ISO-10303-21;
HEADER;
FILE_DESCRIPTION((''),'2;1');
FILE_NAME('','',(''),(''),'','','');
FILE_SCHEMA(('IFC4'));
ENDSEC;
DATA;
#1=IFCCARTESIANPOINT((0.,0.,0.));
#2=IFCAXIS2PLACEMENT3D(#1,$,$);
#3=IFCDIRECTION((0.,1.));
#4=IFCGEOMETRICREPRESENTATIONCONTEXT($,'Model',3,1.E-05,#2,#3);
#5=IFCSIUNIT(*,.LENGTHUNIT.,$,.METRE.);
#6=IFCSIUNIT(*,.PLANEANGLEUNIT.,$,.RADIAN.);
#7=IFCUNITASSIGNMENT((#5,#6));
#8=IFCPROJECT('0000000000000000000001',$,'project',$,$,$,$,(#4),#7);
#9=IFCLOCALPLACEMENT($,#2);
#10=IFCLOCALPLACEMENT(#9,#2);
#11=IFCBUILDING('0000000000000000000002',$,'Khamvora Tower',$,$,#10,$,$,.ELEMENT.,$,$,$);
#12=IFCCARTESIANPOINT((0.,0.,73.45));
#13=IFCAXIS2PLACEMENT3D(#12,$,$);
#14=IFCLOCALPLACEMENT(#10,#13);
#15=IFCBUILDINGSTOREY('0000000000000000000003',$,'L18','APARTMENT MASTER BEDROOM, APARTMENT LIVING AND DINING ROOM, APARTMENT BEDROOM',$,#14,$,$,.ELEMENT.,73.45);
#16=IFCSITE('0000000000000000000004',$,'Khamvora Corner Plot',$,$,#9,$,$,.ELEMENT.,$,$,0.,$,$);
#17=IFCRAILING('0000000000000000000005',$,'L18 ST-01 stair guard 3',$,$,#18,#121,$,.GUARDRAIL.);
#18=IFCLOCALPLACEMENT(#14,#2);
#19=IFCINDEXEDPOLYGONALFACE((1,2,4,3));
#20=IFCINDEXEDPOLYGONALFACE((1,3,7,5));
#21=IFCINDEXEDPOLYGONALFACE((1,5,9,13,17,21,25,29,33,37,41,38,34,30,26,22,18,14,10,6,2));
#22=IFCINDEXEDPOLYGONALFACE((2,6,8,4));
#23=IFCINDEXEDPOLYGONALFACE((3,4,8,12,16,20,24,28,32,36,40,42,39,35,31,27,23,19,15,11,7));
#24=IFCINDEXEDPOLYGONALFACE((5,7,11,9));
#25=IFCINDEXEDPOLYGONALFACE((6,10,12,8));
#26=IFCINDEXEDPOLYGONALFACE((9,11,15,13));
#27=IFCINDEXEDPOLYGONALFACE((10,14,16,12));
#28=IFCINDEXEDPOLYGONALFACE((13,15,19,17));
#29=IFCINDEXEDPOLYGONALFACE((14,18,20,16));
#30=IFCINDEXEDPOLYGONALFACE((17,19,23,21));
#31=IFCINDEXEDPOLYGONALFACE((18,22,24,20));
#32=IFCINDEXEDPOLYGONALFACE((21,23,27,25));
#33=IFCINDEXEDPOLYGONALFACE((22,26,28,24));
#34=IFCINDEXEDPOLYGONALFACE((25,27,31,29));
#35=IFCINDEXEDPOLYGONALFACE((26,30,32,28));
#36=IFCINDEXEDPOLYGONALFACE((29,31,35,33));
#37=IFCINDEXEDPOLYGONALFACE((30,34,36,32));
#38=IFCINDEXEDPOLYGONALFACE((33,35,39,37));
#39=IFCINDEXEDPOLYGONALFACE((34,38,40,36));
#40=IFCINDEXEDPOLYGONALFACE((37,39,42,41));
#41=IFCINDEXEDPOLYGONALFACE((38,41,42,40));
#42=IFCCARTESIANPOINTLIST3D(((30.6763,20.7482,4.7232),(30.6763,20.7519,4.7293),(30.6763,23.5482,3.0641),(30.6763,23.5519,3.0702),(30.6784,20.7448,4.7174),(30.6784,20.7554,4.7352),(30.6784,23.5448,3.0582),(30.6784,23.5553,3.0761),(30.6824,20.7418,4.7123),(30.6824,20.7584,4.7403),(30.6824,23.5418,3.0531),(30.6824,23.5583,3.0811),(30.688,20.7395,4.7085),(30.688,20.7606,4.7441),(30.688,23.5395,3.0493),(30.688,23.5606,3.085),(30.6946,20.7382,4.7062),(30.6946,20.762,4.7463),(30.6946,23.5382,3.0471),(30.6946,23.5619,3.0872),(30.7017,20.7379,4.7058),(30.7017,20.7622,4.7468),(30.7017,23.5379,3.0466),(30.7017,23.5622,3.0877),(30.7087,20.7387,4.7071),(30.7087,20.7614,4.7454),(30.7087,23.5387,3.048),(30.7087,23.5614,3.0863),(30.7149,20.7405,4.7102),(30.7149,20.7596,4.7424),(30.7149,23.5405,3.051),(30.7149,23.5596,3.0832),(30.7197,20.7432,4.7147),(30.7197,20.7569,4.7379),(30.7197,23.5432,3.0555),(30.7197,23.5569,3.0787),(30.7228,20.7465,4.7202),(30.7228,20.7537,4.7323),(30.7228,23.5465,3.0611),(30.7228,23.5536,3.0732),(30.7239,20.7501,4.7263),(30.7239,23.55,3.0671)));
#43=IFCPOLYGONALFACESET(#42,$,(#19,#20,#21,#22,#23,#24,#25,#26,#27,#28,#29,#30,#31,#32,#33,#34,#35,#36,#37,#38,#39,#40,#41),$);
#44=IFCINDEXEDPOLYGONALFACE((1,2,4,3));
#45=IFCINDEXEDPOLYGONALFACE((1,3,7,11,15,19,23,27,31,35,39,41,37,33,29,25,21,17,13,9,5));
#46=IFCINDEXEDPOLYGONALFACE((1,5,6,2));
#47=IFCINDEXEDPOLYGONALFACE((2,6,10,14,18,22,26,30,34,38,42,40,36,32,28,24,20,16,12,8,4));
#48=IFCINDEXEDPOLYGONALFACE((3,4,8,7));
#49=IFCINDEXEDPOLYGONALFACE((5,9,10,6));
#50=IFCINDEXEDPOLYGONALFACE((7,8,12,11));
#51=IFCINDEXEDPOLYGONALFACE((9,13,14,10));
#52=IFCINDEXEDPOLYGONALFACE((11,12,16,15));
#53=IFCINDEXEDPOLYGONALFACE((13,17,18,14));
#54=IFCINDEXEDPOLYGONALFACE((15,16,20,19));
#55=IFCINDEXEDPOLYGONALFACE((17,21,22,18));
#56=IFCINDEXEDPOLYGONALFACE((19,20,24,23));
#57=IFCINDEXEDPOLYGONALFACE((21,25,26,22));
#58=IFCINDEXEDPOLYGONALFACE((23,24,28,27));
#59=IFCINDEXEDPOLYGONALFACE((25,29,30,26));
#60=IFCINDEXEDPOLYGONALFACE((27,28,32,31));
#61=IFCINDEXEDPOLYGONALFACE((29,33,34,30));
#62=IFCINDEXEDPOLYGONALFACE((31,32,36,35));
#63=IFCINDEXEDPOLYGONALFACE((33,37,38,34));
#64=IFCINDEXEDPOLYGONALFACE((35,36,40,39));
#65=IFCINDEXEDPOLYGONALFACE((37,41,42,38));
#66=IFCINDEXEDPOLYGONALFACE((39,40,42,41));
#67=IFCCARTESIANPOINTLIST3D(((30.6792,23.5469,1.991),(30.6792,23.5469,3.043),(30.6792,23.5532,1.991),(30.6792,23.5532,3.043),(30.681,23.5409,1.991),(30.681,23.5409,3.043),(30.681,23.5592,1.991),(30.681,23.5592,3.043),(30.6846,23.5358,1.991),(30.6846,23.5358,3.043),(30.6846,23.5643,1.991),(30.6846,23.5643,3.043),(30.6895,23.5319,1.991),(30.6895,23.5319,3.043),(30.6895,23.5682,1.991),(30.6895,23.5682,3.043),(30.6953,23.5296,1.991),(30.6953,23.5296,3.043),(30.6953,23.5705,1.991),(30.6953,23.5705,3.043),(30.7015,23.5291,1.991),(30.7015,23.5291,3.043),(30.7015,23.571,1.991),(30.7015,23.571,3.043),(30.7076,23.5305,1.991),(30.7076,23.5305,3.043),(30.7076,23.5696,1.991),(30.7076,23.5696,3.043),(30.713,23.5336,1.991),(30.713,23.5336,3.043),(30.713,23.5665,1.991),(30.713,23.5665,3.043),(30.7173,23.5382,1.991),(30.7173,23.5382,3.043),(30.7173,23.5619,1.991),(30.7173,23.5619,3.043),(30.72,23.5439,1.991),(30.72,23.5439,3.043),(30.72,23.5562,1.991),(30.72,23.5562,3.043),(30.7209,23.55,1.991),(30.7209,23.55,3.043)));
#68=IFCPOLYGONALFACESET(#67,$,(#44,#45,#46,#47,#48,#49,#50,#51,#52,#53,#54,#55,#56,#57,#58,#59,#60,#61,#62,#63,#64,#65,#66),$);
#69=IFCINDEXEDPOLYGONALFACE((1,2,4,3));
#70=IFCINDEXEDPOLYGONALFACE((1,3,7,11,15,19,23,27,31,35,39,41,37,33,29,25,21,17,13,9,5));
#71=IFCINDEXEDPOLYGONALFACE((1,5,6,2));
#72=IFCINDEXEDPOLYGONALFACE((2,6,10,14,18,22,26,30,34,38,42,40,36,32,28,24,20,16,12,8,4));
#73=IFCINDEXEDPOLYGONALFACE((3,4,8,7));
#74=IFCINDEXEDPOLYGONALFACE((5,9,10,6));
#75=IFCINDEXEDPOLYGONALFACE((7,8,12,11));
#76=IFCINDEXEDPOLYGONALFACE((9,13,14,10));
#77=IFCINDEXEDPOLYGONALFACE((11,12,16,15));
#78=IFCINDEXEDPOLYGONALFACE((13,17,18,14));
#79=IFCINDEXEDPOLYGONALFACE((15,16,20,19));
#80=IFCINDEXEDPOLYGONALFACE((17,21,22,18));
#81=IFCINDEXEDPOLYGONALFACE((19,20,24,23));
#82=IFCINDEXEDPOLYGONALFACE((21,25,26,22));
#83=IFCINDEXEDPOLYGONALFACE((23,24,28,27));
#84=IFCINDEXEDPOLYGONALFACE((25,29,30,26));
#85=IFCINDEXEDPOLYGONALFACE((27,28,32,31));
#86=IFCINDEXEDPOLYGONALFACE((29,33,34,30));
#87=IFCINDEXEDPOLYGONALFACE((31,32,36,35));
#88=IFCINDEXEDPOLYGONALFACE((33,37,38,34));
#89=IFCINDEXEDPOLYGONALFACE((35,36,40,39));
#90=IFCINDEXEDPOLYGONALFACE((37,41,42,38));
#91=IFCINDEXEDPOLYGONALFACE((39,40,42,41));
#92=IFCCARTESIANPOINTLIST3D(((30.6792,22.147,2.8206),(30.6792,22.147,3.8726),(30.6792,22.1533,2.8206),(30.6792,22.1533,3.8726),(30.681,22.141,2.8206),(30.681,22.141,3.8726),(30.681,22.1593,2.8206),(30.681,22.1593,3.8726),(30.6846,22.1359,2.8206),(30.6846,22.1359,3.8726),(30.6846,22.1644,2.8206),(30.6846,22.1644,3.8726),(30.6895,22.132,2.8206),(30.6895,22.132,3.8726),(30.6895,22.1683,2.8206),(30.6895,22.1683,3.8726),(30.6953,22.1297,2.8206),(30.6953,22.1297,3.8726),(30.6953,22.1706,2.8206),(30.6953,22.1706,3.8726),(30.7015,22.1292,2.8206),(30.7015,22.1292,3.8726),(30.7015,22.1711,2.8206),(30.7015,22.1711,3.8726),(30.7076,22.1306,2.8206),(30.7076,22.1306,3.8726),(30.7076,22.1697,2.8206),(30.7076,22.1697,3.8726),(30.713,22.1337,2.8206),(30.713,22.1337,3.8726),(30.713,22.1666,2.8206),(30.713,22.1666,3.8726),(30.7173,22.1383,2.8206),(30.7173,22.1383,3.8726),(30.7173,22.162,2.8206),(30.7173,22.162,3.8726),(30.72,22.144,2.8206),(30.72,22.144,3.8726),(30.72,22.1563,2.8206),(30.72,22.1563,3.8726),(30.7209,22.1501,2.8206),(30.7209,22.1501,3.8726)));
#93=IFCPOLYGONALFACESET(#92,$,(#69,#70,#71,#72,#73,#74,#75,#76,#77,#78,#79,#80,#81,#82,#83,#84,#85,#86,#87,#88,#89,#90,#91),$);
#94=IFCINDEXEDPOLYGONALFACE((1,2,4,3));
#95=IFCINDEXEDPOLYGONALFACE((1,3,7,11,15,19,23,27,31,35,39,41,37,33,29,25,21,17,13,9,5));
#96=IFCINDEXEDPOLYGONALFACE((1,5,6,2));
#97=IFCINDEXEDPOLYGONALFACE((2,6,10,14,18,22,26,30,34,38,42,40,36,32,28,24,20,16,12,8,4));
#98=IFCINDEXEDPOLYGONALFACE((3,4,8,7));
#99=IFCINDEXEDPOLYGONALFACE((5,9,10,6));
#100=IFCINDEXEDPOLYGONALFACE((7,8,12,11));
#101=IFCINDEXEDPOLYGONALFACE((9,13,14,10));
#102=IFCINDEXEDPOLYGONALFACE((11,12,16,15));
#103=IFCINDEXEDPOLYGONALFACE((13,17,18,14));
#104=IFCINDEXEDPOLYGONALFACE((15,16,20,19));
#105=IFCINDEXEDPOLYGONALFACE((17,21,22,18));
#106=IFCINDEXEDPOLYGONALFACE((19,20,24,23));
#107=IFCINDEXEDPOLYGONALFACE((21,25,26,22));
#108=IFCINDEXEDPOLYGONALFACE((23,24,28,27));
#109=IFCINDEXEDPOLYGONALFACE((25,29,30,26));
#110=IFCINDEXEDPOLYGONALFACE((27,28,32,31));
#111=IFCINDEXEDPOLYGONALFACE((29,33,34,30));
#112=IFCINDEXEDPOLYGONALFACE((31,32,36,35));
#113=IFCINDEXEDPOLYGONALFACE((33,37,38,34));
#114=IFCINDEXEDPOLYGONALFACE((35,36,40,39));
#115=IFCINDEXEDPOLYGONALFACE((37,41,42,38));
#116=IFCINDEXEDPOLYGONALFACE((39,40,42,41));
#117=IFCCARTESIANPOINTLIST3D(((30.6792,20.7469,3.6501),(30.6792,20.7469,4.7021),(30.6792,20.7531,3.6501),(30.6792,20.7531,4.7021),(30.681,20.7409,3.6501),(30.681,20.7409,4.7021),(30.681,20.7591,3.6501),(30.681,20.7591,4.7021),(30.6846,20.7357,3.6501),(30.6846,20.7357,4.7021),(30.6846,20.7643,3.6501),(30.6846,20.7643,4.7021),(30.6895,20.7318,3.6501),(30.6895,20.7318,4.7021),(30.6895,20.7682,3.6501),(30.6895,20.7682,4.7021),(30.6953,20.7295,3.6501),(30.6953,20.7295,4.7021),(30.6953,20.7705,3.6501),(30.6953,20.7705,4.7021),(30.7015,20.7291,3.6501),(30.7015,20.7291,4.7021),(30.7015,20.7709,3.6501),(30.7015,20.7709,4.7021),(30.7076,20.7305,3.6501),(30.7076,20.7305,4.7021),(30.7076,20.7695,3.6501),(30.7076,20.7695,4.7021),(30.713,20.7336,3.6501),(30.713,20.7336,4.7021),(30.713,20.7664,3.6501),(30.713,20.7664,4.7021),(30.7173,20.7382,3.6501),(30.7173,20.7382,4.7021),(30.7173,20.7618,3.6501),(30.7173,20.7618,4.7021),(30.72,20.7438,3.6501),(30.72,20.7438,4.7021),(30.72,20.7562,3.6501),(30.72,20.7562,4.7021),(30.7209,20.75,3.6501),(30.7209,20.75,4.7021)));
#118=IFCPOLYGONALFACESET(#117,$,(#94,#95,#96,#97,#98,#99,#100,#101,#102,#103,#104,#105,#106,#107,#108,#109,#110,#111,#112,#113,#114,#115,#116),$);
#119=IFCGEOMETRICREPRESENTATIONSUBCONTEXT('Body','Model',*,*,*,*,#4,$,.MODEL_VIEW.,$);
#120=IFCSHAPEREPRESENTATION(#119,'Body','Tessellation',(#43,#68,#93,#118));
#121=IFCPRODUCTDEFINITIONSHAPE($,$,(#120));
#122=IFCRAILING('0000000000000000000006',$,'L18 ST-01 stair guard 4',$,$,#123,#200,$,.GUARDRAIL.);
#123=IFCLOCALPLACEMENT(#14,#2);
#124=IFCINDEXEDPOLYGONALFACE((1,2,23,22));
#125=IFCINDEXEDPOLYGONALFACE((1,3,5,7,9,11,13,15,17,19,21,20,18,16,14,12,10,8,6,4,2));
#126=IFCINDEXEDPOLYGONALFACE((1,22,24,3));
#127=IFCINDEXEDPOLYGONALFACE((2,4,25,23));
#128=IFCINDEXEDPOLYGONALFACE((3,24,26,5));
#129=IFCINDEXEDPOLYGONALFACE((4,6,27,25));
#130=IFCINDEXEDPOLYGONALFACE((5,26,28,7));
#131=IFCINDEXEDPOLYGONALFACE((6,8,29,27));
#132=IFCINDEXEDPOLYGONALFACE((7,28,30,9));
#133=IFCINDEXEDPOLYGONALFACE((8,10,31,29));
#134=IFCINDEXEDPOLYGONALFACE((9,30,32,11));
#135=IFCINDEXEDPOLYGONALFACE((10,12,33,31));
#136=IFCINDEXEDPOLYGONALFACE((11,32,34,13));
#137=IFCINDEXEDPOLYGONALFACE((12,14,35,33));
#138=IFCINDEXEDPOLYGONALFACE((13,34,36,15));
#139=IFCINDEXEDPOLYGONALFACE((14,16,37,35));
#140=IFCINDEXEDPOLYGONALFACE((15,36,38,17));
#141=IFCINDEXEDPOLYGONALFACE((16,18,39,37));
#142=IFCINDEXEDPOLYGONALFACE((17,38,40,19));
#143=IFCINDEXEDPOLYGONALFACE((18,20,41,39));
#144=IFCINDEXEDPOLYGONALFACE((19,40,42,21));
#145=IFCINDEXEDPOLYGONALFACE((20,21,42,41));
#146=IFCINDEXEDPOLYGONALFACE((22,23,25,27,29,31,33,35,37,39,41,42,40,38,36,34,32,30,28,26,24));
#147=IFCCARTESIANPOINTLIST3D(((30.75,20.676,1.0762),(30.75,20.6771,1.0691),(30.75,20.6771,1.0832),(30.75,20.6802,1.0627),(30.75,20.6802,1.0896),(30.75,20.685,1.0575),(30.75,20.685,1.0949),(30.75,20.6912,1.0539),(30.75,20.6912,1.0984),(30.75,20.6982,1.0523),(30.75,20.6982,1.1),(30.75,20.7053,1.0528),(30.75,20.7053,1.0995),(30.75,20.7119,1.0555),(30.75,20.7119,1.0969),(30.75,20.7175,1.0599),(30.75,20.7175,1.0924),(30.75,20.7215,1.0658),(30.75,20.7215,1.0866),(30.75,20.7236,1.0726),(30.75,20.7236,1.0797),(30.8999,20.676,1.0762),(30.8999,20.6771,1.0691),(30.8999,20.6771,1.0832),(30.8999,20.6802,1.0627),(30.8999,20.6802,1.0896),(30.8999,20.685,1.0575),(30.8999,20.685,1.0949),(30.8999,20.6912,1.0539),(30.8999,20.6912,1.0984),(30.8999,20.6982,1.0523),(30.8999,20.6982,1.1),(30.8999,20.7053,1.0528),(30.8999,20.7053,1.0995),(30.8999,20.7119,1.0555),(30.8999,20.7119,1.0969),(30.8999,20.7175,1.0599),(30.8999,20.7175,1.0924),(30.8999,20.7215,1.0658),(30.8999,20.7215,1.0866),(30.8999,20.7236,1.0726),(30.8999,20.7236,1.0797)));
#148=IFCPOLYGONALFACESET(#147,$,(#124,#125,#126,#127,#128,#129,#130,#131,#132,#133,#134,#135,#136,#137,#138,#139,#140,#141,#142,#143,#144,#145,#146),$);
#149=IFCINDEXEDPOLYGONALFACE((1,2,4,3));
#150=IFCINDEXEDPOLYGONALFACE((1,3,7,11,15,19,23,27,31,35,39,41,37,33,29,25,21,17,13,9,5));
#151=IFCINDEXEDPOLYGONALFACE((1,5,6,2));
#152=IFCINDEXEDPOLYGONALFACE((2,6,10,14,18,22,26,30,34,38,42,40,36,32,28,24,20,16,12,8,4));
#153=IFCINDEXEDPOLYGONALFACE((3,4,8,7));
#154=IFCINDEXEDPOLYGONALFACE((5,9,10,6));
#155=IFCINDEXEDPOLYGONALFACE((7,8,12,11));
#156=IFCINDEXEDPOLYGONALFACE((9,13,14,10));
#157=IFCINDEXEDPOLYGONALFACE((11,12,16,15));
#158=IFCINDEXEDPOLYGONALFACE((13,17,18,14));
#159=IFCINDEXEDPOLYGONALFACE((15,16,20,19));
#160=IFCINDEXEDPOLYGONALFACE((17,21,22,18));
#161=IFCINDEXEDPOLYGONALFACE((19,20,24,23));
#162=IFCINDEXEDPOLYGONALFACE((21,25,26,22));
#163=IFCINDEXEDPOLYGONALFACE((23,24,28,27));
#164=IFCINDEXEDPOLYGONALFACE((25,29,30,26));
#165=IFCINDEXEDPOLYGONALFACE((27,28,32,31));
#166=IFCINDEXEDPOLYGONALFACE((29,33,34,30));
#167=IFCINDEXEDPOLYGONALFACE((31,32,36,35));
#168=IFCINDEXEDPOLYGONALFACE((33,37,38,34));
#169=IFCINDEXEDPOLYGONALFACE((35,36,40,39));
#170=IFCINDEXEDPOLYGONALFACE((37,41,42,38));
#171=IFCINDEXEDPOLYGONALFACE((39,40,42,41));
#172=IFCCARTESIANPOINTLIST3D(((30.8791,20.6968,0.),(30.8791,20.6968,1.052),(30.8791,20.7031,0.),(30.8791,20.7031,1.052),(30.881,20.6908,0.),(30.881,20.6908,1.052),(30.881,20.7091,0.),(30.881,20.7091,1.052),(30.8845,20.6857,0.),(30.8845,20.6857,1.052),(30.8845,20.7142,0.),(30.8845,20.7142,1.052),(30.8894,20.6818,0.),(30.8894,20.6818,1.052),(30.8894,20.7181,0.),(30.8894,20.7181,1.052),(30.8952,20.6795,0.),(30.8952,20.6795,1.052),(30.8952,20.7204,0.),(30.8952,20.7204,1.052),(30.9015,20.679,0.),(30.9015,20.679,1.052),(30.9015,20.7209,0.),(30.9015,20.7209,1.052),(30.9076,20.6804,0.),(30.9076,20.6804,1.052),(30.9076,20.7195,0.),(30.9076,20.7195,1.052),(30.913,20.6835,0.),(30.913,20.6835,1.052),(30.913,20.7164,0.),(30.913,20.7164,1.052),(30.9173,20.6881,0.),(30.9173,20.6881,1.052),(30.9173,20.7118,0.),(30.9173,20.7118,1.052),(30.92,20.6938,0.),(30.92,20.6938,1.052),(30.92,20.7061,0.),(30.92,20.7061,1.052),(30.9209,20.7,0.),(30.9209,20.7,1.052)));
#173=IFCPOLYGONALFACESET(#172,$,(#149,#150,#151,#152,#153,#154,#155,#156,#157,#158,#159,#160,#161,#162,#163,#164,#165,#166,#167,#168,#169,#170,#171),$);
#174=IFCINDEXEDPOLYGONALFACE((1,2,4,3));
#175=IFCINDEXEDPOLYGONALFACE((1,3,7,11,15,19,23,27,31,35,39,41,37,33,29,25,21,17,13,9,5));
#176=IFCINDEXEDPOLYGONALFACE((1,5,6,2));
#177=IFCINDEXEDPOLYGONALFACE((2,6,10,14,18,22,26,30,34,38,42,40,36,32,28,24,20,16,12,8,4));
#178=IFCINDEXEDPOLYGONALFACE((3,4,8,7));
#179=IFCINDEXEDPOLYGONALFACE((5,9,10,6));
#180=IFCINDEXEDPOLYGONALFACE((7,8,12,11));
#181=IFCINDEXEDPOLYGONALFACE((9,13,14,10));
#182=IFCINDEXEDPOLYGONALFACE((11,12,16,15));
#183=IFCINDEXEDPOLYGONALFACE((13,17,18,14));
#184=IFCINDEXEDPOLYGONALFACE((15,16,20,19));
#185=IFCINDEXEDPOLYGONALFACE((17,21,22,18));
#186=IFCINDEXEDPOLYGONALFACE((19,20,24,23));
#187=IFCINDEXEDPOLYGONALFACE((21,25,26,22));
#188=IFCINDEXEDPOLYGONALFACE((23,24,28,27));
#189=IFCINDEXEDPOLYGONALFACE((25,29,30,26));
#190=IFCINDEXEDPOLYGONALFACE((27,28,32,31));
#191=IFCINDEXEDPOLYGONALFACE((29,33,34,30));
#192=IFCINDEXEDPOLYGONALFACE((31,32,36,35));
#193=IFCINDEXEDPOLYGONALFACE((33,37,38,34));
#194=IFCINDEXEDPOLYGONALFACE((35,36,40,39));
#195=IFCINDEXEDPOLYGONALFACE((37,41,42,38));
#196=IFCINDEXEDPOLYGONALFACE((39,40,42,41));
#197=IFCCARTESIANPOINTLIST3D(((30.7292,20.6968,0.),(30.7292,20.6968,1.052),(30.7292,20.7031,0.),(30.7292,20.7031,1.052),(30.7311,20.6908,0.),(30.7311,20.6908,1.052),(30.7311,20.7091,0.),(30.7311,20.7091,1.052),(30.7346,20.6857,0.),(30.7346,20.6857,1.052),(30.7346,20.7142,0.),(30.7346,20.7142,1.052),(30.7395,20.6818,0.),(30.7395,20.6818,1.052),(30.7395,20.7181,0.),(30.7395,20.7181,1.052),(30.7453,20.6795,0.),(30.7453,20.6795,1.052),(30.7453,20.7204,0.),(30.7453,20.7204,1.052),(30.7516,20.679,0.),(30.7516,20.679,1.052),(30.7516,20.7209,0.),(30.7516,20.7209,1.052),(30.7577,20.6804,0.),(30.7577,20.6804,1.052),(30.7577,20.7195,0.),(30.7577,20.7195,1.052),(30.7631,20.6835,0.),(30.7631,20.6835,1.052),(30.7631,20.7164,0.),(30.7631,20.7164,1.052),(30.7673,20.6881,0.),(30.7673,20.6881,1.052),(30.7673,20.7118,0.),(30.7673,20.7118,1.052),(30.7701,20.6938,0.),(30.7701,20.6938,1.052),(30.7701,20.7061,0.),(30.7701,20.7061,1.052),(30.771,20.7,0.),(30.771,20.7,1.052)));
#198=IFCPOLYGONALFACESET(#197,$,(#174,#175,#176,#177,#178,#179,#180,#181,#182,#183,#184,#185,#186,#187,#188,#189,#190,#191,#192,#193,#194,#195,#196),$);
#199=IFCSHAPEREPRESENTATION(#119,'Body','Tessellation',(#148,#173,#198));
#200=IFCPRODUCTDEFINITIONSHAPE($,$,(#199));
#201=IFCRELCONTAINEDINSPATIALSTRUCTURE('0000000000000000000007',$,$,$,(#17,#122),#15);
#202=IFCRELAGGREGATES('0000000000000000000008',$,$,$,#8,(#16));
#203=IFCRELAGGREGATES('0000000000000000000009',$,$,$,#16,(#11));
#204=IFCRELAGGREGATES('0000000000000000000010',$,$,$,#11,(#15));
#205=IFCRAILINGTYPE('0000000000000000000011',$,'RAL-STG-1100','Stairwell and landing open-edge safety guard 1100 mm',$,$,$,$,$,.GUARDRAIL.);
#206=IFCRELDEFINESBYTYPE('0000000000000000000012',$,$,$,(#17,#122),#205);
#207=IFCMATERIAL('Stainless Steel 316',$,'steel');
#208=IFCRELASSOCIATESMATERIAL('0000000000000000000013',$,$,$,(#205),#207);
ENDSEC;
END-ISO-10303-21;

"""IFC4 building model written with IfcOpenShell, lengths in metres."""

from ifc_helpers import new_model, si_unit, direction, frame, origin, origin_2d, place, context, subcontext, project, spatial, circle, extrude, material, type_object, element, save


model = new_model("IFC4")

# Units and contexts
model_context = context("Model", 3, precision=1e-05, world=origin(), true_north=direction((0.0, 1.0)))
body_context = subcontext(model_context, "Body", "Model", "MODEL_VIEW")
ifc_project = project(units=[si_unit("LENGTHUNIT", "METRE"), si_unit("PLANEANGLEUNIT", "RADIAN")], contexts=[model_context])

# Site, building, storey
site_placement = place(None, origin())
site = spatial("IfcSite", under=ifc_project, at=site_placement, Name="Khamvora Corner Plot", CompositionType="ELEMENT", RefElevation=0.0)
building_placement = place(site_placement, origin())
building = spatial("IfcBuilding", under=site, at=building_placement, Name="Khamvora Tower", CompositionType="ELEMENT")
storey_placement = place(building_placement, frame((0.0, 0.0, 73.45)))
storey = spatial("IfcBuildingStorey", under=building, at=storey_placement, Name="L18", Description="APARTMENT MASTER BEDROOM, APARTMENT LIVING AND DINING ROOM, APARTMENT BEDROOM", CompositionType="ELEMENT", Elevation=73.45)

# Railings
ifc_material_1 = material(Name="Stainless Steel 316", Category="steel")
railing_type_1 = type_object("IfcRailingType", Name="RAL-STG-1100", Description="Stairwell and landing open-edge safety guard 1100 mm", PredefinedType="GUARDRAIL", material=ifc_material_1)
railing_1_placement = place(storey_placement, frame((30.7, 23.55, 1.991)))
element("IfcRailing", 1, at=railing_1_placement, inside=storey, type_object=railing_type_1, Name="L18 ST-01 stair guard 3", PredefinedType="GUARDRAIL", context=body_context, shape_type="SweptSolid", body=[
    extrude(circle(Radius=0.0239, at=origin_2d()), frame((0.0, 0.0, 1.0762), z_axis=(0.0, -0.860306, 0.509778), x_axis=(1.0, 0.0, 0.0)), (0.0, 0.0, 1.0), 3.2546),
    extrude(circle(Radius=0.021, at=origin_2d()), origin(), (0.0, 0.0, 1.0), 1.052),
    extrude(circle(Radius=0.021, at=origin_2d()), frame((0.0, -1.3999, 0.8296)), (0.0, 0.0, 1.0), 1.052),
    extrude(circle(Radius=0.021, at=origin_2d()), frame((0.0, -2.8, 1.6592)), (0.0, 0.0, 1.0), 1.052),
])
railing_2_placement = place(storey_placement, frame((30.8999, 20.7, 0.0)))
element("IfcRailing", 2, at=railing_2_placement, inside=storey, type_object=railing_type_1, Name="L18 ST-01 stair guard 4", PredefinedType="GUARDRAIL", context=body_context, shape_type="SweptSolid", body=[
    extrude(circle(Radius=0.0239, at=origin_2d()), frame((0.0, 0.0, 1.0762), z_axis=(-1.0, 0.0, 0.0), x_axis=(0.0, -1.0, 0.0)), (0.0, 0.0, 1.0), 0.1499),
    extrude(circle(Radius=0.021, at=origin_2d()), origin(), (0.0, 0.0, 1.0), 1.052),
    extrude(circle(Radius=0.021, at=origin_2d()), frame((-0.1499, 0.0, 0.0)), (0.0, 0.0, 1.0), 1.052),
])

save(model, "model.ifc")
